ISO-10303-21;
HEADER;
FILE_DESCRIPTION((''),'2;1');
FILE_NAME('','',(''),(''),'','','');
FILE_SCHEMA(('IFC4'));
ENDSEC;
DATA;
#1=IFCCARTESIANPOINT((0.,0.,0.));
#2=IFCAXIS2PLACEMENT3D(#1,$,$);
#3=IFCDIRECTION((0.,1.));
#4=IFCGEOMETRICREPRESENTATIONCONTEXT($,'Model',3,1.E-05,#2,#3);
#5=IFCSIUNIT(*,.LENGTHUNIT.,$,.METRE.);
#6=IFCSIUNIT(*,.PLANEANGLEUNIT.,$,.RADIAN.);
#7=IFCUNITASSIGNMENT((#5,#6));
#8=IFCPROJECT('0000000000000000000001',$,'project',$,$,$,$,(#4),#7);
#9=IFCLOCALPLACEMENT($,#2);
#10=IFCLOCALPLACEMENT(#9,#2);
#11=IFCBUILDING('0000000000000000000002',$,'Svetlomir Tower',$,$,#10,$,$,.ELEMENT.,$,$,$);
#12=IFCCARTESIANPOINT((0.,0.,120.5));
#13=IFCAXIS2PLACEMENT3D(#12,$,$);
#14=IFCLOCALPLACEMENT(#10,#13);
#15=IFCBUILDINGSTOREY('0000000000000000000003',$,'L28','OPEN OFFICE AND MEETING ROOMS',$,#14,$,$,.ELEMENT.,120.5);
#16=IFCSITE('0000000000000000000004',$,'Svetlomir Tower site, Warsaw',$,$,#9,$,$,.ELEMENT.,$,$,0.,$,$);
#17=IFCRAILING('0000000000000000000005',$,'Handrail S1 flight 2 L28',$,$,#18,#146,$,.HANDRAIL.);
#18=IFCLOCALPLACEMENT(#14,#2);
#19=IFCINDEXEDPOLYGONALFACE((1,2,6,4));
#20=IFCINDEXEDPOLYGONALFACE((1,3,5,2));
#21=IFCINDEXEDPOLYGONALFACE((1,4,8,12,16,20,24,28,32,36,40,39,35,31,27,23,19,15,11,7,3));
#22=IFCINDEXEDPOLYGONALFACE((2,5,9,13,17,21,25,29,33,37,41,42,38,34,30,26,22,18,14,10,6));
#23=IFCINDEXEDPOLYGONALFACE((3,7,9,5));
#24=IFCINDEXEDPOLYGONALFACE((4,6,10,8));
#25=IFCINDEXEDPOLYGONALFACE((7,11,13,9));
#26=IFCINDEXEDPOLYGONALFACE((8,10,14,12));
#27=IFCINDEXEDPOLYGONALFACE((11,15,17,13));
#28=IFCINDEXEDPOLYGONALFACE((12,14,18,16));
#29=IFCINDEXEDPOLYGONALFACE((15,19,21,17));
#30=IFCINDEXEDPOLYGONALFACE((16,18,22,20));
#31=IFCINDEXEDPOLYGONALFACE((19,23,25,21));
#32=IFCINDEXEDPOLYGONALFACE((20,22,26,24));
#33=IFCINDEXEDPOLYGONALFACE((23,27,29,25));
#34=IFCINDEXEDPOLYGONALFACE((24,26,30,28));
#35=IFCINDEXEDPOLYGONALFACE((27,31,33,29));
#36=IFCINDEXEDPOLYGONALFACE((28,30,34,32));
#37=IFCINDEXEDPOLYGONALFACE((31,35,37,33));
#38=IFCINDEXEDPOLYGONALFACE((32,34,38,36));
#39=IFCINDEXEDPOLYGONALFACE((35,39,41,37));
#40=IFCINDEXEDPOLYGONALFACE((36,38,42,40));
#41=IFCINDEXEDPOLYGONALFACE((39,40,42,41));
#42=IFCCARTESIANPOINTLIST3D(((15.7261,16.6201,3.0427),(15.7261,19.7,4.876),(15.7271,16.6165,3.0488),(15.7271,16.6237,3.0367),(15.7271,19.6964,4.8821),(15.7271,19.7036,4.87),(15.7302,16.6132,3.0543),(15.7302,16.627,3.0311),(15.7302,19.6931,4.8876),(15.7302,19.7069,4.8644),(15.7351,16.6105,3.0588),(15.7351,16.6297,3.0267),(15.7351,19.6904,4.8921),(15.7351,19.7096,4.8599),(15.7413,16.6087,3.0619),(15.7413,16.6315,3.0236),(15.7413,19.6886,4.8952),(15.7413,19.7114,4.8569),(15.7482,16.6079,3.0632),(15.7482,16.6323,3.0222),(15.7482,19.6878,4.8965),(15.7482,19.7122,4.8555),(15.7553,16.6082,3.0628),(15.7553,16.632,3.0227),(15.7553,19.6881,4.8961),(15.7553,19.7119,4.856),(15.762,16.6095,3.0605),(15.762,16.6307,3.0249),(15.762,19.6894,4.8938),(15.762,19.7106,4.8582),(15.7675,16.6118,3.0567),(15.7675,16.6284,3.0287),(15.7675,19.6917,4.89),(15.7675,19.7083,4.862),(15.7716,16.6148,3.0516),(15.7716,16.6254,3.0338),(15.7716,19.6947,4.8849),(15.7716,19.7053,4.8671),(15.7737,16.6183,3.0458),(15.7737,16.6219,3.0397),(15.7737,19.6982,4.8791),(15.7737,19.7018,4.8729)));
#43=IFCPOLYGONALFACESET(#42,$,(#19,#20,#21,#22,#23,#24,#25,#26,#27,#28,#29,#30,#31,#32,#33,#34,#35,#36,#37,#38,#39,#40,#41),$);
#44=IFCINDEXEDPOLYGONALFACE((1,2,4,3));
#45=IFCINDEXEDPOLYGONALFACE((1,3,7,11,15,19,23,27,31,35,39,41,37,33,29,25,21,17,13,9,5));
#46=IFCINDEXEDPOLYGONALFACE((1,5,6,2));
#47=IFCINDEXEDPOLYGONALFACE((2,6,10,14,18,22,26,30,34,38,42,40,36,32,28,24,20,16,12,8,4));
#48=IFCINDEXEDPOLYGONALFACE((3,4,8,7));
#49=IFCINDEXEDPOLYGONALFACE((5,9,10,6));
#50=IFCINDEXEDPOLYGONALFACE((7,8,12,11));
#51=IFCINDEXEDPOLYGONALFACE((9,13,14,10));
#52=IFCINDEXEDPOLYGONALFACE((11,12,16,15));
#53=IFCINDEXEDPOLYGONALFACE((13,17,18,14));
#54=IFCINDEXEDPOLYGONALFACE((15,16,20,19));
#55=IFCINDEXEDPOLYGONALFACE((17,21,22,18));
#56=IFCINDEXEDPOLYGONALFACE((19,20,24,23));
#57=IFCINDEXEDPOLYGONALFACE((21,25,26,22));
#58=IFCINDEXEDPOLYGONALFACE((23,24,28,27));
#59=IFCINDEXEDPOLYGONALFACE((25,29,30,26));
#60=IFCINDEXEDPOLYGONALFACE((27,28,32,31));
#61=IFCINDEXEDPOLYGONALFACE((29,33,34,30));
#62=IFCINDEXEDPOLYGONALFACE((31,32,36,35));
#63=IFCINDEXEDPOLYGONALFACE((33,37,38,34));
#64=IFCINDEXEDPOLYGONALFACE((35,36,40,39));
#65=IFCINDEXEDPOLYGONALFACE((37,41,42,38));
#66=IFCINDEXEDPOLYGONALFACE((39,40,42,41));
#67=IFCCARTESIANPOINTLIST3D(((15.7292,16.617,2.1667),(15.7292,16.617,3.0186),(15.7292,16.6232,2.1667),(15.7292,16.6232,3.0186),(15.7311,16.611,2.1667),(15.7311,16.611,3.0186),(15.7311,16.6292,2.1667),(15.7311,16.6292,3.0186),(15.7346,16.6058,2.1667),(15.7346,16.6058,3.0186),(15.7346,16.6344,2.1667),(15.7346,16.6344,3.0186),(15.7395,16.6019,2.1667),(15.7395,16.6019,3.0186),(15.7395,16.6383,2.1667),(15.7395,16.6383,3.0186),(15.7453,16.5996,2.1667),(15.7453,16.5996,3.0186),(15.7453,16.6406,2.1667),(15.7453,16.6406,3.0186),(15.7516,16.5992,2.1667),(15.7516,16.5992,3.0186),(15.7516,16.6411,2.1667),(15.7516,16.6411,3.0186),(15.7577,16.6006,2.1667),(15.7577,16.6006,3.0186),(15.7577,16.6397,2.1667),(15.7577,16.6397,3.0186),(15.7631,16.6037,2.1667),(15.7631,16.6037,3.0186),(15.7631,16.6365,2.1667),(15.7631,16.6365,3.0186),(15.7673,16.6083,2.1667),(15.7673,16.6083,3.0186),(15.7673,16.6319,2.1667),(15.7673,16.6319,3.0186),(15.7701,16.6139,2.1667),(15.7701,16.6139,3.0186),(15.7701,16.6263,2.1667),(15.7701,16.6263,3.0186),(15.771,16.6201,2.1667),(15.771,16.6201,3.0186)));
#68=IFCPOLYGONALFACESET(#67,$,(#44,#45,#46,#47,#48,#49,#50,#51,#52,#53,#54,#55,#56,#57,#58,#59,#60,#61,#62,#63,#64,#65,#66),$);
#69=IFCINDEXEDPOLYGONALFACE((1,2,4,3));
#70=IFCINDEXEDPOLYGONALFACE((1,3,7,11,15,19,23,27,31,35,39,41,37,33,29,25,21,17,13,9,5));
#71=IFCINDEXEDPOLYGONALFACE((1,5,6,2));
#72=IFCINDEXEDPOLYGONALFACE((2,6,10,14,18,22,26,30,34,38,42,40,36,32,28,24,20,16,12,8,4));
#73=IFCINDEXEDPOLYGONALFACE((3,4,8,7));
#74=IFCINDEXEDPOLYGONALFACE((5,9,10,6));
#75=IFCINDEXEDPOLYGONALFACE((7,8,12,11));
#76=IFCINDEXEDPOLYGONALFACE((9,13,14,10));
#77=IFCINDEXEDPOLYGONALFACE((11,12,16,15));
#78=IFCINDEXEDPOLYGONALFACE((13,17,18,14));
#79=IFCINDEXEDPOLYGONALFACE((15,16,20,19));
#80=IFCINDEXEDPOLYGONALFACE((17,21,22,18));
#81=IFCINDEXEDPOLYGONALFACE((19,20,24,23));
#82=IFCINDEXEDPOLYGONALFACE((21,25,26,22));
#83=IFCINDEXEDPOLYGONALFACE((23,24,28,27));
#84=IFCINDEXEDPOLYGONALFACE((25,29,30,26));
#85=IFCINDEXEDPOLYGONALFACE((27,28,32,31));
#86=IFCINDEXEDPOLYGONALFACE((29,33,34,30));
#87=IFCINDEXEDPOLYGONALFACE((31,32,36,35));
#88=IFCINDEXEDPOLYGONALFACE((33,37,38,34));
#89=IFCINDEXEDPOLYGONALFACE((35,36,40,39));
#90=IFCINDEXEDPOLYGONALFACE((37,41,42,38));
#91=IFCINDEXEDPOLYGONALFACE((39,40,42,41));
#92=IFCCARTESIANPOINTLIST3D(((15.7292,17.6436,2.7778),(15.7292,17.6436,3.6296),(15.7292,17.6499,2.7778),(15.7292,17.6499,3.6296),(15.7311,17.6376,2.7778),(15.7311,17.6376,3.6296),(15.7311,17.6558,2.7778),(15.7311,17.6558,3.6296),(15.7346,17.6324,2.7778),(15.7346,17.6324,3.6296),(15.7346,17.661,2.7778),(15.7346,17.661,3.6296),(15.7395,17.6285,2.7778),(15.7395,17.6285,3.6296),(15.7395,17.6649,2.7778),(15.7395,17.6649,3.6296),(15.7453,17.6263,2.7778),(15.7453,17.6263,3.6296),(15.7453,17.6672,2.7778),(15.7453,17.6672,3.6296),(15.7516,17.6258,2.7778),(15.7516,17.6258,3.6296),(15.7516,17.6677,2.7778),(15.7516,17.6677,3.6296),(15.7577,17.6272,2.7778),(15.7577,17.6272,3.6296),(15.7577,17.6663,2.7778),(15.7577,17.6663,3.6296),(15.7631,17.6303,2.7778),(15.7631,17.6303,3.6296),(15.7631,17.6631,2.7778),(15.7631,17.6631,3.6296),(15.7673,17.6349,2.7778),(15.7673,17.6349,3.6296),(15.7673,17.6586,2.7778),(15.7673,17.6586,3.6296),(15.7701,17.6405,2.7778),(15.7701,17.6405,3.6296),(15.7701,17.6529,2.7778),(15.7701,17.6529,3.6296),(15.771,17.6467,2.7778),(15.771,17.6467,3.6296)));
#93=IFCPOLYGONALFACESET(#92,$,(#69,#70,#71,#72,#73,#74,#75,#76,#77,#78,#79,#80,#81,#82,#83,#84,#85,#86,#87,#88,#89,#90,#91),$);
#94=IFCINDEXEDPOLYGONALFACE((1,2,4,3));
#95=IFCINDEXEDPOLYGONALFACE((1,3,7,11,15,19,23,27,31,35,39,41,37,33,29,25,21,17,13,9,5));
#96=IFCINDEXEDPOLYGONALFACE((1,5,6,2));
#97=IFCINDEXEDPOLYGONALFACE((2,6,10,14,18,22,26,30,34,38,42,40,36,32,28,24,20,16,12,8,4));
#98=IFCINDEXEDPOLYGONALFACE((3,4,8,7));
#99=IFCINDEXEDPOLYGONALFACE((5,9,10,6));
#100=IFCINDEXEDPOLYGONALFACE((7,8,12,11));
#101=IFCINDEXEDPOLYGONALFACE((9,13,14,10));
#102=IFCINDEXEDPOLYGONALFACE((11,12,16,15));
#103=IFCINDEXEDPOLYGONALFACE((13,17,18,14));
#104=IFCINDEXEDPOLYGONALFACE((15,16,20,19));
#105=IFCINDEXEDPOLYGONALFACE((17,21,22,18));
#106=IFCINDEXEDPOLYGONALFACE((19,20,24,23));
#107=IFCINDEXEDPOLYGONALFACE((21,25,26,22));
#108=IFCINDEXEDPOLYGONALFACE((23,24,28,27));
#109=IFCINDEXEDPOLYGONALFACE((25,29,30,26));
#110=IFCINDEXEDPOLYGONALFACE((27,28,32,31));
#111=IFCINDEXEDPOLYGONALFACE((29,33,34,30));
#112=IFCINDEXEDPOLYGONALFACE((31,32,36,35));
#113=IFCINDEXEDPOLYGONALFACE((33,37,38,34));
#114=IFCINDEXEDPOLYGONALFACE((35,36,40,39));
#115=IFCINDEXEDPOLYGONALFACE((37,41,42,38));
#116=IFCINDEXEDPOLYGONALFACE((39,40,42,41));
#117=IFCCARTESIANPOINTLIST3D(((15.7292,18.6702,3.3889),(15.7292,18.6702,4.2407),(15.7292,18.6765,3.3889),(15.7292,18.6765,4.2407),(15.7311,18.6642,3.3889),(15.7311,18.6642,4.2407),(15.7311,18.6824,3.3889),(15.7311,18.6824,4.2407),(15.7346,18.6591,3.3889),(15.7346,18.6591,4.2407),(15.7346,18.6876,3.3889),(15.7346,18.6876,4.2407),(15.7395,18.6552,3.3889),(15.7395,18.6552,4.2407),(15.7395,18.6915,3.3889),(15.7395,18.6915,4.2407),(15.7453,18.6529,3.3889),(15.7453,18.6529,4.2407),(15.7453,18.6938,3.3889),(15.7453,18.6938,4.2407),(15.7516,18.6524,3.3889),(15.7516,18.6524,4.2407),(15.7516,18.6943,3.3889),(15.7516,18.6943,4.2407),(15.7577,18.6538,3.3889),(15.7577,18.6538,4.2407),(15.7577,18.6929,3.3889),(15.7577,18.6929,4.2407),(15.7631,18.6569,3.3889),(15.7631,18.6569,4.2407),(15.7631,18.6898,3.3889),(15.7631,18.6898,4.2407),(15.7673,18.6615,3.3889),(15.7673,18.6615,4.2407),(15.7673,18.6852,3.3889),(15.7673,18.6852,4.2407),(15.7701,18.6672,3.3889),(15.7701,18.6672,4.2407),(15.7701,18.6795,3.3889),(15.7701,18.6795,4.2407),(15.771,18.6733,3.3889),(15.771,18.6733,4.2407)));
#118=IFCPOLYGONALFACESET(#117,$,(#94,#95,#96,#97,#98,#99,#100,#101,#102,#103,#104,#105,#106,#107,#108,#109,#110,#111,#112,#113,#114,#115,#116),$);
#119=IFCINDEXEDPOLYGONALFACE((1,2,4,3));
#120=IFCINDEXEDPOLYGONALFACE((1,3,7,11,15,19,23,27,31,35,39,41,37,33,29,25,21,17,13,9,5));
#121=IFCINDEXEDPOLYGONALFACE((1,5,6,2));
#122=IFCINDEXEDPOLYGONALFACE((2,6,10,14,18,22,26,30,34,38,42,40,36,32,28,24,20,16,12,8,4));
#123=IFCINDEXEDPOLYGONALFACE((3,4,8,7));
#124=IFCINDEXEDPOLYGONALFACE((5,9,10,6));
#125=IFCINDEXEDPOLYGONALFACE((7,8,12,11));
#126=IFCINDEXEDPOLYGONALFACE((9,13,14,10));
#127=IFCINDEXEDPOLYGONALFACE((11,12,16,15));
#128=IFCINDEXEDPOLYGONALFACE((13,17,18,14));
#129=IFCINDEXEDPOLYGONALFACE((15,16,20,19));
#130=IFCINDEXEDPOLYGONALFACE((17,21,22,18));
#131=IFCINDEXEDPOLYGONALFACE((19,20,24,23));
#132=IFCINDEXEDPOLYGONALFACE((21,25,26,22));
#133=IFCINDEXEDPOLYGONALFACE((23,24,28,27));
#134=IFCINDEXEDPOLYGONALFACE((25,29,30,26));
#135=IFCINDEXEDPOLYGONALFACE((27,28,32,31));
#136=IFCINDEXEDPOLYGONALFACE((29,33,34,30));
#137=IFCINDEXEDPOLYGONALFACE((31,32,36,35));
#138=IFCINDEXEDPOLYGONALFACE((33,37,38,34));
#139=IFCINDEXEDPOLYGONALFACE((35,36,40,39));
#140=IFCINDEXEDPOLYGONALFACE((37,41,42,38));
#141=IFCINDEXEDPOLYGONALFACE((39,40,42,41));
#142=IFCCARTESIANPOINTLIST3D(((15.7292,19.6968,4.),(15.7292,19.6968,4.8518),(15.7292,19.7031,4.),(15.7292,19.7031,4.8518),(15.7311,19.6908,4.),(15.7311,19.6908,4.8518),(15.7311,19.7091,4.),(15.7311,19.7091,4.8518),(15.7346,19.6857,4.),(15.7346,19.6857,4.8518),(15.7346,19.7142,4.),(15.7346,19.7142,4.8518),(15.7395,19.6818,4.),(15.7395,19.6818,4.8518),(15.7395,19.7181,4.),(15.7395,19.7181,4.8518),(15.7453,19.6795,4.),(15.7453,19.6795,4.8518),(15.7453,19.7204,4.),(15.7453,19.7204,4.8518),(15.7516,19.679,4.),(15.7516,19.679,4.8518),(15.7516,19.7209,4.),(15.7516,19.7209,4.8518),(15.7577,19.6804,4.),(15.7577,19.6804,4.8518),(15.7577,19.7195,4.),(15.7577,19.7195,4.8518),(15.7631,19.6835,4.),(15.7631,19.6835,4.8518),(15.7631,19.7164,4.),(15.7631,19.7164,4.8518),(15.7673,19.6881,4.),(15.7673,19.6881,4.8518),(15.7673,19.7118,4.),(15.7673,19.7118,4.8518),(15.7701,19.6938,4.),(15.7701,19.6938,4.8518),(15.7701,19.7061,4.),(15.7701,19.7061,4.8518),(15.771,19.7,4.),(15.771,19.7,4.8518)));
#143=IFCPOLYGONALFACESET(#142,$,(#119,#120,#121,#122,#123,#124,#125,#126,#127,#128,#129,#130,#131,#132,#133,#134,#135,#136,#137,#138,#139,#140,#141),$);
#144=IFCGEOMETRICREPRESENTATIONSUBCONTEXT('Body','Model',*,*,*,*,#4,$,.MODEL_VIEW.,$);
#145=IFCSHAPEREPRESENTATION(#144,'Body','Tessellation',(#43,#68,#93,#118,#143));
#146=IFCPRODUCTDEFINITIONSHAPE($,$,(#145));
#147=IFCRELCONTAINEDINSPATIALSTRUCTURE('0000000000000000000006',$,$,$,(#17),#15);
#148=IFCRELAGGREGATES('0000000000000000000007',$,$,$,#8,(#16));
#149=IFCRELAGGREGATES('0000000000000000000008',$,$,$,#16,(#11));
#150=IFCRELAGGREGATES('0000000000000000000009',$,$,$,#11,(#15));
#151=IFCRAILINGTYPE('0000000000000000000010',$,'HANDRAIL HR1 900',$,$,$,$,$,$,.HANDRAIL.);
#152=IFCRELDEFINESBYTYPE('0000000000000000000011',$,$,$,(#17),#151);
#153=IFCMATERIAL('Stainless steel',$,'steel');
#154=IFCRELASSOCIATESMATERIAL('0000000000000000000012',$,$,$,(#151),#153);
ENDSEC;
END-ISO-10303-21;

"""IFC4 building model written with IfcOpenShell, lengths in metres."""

from ifc_helpers import new_model, si_unit, direction, frame, origin, origin_2d, place, context, subcontext, project, spatial, circle, extrude, material, type_object, element, save


model = new_model("IFC4")

# Units and contexts
model_context = context("Model", 3, precision=1e-05, world=origin(), true_north=direction((0.0, 1.0)))
body_context = subcontext(model_context, "Body", "Model", "MODEL_VIEW")
ifc_project = project(units=[si_unit("LENGTHUNIT", "METRE"), si_unit("PLANEANGLEUNIT", "RADIAN")], contexts=[model_context])

# Site, building, storey
site_placement = place(None, origin())
site = spatial("IfcSite", under=ifc_project, at=site_placement, Name="Svetlomir Tower site, Warsaw", CompositionType="ELEMENT", RefElevation=0.0)
building_placement = place(site_placement, origin())
building = spatial("IfcBuilding", under=site, at=building_placement, Name="Svetlomir Tower", CompositionType="ELEMENT")
storey_placement = place(building_placement, frame((0.0, 0.0, 120.5)))
storey = spatial("IfcBuildingStorey", under=building, at=storey_placement, Name="L28", Description="OPEN OFFICE AND MEETING ROOMS", CompositionType="ELEMENT", Elevation=120.5)

# Railing
ifc_material_1 = material(Name="Stainless steel", Category="steel")
railing_type = type_object("IfcRailingType", Name="HANDRAIL HR1 900", PredefinedType="HANDRAIL", material=ifc_material_1)
railing_placement = place(storey_placement, frame((15.75, 16.6201, 2.1667)))
element("IfcRailing", 1, at=railing_placement, inside=storey, type_object=railing_type, Name="Handrail S1 flight 2 L28", PredefinedType="HANDRAIL", context=body_context, shape_type="SweptSolid", body=[
    extrude(circle(Radius=0.0239, at=origin_2d()), frame((0.0, 0.0, 0.876), z_axis=(0.0, 0.859291, 0.511487), x_axis=(-1.0, 0.0, 0.0)), (0.0, 0.0, 1.0), 3.5842),
    extrude(circle(Radius=0.021, at=origin_2d()), origin(), (0.0, 0.0, 1.0), 0.8518),
    extrude(circle(Radius=0.021, at=origin_2d()), frame((0.0, 1.0266, 0.6111)), (0.0, 0.0, 1.0), 0.8518),
    extrude(circle(Radius=0.021, at=origin_2d()), frame((0.0, 2.0532, 1.2222)), (0.0, 0.0, 1.0), 0.8518),
    extrude(circle(Radius=0.021, at=origin_2d()), frame((0.0, 3.0798, 1.8333)), (0.0, 0.0, 1.0), 0.8518),
])

save(model, "model.ifc")
